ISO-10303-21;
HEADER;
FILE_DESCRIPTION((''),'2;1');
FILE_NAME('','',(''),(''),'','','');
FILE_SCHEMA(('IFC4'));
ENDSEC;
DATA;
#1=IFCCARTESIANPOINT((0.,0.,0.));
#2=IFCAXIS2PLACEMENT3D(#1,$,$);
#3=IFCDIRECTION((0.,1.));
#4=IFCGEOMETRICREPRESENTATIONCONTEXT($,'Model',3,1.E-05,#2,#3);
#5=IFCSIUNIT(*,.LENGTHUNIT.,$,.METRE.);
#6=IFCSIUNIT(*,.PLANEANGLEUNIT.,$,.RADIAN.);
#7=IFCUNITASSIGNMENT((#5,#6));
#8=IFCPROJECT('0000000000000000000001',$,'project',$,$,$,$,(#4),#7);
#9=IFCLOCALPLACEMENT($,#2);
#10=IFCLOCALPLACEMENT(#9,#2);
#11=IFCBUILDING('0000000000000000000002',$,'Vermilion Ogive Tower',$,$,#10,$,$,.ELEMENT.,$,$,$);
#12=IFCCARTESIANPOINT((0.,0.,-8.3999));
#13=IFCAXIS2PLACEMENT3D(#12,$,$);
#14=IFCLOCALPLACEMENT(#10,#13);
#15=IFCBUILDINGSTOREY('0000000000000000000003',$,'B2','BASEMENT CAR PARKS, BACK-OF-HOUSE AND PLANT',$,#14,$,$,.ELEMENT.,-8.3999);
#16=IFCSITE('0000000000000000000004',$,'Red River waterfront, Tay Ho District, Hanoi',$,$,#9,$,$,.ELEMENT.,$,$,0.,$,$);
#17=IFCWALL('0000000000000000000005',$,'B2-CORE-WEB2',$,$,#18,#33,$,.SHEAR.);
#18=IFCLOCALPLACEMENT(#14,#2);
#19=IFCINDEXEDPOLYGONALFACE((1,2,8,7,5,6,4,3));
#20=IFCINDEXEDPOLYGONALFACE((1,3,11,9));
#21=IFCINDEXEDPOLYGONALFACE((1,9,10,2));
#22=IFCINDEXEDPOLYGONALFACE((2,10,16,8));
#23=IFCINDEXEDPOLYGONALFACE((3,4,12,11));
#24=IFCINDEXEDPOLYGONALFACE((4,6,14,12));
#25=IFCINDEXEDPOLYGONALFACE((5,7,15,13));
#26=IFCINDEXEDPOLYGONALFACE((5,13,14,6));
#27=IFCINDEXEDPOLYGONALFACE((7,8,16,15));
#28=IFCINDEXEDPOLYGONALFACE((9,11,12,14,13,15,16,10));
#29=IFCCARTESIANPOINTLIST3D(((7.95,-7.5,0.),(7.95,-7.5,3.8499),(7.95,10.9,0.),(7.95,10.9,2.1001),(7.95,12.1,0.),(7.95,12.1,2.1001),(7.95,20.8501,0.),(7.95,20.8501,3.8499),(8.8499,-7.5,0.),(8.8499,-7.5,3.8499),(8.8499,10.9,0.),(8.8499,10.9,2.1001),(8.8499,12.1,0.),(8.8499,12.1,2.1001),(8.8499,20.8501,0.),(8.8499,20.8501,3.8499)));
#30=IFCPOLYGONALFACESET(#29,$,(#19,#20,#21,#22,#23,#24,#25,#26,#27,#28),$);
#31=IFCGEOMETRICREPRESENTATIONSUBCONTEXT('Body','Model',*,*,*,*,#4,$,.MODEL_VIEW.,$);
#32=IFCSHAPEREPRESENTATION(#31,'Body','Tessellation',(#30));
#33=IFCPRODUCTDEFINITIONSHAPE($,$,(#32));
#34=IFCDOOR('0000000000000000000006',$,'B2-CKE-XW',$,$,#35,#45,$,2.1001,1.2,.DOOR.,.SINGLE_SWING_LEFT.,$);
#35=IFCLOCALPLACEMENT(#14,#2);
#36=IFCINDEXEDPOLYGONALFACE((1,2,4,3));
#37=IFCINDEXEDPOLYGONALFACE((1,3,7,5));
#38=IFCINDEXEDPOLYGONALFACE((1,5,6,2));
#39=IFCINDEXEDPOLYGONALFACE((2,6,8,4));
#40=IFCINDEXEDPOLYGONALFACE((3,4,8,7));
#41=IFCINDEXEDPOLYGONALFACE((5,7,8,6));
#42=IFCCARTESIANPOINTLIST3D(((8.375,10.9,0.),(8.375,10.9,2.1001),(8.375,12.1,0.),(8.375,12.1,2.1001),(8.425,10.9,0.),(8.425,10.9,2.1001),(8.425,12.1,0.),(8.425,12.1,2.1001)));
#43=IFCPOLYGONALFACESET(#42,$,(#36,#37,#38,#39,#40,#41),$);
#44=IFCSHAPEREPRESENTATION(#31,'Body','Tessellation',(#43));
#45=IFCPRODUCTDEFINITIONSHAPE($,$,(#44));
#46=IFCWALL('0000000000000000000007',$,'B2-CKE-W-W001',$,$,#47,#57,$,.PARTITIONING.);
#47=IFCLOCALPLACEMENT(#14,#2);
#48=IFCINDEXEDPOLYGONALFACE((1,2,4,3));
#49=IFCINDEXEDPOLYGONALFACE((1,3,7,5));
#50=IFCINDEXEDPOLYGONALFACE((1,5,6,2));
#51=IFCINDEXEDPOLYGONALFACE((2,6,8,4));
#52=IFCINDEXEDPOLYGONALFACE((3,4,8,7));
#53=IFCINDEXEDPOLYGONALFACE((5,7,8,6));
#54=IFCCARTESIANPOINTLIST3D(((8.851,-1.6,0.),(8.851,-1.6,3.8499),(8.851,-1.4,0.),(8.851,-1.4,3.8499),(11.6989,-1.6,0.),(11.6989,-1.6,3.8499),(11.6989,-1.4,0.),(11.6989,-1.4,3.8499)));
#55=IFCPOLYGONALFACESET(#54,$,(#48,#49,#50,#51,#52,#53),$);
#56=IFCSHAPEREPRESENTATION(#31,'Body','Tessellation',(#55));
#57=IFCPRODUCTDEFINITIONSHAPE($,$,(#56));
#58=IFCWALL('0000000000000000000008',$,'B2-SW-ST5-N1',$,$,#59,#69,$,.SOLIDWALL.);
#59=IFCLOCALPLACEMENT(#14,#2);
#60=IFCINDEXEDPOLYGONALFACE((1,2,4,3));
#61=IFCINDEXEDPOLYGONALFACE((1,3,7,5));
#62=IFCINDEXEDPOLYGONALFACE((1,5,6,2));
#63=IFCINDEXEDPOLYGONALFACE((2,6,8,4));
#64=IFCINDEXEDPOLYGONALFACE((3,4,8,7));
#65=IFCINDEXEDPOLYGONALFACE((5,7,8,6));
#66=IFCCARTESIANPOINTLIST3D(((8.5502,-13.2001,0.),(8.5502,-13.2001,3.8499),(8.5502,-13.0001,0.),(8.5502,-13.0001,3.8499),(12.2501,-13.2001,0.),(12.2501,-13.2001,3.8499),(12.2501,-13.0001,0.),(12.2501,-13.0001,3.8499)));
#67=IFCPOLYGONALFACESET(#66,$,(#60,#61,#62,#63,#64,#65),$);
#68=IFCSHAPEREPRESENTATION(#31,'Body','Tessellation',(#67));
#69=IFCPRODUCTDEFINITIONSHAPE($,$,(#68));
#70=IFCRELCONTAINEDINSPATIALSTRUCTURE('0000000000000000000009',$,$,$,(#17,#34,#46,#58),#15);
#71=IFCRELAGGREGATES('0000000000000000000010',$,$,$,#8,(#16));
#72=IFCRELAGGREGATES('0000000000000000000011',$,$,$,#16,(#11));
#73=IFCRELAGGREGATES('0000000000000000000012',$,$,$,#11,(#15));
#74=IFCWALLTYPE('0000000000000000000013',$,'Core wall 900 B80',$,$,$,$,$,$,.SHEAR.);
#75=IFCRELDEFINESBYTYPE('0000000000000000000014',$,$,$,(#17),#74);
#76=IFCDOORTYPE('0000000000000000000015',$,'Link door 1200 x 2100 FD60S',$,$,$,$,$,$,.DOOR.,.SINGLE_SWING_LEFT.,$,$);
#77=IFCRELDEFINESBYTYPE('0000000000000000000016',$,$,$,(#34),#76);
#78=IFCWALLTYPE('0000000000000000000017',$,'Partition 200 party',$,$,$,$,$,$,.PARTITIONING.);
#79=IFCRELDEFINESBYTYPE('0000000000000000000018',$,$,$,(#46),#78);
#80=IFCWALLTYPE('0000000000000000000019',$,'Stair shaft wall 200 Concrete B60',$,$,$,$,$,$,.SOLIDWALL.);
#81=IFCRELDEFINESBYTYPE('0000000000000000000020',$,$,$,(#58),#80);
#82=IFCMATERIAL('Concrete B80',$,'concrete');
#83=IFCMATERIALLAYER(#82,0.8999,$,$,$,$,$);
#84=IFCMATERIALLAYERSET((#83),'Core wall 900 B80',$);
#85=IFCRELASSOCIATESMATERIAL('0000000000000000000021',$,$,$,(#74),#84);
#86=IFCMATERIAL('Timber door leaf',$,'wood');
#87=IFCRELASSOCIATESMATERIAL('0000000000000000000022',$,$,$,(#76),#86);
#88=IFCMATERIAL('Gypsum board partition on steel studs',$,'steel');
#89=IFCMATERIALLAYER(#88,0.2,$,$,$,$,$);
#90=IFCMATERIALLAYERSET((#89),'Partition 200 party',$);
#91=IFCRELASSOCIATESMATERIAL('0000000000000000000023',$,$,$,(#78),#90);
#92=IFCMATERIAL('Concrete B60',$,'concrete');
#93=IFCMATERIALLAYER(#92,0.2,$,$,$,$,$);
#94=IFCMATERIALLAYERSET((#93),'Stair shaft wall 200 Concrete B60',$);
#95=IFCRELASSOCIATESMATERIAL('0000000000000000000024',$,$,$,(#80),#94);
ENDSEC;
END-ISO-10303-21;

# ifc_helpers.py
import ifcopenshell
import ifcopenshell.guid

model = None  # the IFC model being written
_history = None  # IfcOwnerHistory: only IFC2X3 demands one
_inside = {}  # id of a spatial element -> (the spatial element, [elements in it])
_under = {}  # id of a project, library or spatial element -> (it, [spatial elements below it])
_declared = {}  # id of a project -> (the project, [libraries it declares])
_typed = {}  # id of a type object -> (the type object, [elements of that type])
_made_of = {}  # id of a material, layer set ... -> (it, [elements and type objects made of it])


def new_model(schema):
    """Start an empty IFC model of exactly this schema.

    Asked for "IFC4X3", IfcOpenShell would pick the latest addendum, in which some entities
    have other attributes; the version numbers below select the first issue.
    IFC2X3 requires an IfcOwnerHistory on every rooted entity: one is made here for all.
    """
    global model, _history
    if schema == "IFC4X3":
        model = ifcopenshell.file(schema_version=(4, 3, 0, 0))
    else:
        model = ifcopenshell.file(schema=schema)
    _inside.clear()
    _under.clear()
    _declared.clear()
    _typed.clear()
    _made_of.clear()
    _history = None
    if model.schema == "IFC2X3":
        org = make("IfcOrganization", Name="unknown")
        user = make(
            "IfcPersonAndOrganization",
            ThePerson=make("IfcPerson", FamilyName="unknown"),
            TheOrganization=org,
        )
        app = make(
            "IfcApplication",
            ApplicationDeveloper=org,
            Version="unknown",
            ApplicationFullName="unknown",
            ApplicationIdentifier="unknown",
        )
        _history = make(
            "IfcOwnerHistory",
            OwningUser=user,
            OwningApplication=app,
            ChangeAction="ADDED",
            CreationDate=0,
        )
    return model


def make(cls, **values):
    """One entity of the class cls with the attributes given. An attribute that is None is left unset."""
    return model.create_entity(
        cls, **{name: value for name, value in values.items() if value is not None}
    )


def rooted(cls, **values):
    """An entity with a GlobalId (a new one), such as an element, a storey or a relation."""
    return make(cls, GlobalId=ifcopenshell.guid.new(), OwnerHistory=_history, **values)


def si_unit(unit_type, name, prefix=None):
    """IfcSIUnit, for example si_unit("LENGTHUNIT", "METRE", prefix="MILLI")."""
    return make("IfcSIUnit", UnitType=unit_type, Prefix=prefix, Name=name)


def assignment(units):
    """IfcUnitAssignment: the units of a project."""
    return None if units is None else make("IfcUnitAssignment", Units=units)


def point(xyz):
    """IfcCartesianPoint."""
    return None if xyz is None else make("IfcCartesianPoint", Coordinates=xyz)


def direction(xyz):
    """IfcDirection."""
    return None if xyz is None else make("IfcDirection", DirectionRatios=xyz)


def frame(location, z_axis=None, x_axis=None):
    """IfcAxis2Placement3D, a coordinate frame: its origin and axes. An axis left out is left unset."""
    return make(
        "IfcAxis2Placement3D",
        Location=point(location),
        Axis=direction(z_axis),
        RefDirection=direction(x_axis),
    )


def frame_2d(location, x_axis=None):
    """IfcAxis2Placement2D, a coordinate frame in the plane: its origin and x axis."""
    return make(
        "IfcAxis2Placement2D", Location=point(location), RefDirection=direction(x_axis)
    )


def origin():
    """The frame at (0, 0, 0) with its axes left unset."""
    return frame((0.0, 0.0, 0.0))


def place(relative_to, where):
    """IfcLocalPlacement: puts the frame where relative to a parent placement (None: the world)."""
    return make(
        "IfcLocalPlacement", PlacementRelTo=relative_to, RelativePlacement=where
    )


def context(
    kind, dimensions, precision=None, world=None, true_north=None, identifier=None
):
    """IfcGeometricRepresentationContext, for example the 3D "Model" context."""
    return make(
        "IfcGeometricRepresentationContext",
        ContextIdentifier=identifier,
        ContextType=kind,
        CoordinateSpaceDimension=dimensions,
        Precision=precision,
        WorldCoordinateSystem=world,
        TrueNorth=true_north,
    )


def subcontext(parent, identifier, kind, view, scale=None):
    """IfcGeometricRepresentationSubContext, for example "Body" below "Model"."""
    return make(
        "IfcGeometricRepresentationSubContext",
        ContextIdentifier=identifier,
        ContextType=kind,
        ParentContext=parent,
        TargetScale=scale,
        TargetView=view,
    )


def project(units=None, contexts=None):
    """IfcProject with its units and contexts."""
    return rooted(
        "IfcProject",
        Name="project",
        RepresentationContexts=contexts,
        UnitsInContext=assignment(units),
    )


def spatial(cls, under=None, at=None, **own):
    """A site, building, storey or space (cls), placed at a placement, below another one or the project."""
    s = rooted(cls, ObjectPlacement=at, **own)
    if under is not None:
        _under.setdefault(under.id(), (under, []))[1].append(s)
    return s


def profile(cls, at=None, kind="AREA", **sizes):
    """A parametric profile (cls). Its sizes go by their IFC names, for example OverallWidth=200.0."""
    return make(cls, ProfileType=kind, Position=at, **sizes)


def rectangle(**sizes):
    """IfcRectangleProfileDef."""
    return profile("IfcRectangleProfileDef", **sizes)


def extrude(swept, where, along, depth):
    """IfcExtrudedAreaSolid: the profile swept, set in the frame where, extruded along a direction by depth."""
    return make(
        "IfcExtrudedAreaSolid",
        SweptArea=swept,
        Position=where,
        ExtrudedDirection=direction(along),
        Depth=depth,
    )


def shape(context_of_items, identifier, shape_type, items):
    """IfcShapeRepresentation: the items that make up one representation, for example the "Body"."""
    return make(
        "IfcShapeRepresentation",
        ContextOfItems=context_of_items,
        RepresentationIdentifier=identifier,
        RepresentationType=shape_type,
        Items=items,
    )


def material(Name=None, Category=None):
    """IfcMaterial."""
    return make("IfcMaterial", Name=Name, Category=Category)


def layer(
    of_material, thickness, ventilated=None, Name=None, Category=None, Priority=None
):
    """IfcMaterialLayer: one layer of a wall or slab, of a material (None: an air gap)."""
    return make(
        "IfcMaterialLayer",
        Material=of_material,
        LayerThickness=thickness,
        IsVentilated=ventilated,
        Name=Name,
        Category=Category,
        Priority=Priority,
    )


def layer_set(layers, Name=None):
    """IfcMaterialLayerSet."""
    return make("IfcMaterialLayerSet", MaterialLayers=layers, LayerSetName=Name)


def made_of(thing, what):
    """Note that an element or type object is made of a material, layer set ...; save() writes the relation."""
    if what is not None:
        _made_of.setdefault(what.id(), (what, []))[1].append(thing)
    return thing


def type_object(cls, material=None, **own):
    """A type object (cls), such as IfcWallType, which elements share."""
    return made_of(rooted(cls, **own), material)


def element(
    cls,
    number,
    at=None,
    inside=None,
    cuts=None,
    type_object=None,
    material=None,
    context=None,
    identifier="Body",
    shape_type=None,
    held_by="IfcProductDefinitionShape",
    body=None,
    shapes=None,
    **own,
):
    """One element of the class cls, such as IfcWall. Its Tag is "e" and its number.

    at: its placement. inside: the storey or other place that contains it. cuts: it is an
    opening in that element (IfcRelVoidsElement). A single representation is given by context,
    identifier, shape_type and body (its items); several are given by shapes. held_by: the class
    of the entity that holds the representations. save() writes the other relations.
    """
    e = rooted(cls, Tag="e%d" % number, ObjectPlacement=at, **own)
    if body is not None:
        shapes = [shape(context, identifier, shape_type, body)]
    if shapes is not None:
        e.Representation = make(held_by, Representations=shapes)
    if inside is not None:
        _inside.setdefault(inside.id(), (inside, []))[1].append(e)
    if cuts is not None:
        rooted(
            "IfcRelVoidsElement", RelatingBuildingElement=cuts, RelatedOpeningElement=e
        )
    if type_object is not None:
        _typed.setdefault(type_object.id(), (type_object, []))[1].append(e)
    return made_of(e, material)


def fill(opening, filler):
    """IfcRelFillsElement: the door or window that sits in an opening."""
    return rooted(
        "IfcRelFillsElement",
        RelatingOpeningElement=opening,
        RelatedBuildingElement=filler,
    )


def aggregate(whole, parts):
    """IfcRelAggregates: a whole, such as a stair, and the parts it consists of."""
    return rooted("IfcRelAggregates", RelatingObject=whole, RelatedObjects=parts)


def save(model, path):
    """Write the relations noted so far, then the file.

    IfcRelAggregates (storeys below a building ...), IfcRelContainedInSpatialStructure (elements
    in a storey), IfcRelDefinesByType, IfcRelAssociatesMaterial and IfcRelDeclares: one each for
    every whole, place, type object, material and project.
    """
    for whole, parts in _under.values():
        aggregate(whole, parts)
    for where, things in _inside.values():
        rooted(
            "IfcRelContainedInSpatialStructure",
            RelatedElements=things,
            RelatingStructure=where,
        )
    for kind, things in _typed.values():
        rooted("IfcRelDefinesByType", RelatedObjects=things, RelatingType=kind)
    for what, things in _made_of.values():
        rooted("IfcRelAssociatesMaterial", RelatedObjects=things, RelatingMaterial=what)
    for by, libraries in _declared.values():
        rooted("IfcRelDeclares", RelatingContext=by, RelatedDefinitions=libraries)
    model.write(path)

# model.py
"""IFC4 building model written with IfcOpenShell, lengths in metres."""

from ifc_helpers import new_model, si_unit, direction, frame, frame_2d, origin, place, context, subcontext, project, spatial, rectangle, extrude, material, layer, layer_set, type_object, element, fill, save


model = new_model("IFC4")

# Units and contexts
model_context = context("Model", 3, precision=1e-05, world=origin(), true_north=direction((0.0, 1.0)))
body_context = subcontext(model_context, "Body", "Model", "MODEL_VIEW")
ifc_project = project(units=[si_unit("LENGTHUNIT", "METRE"), si_unit("PLANEANGLEUNIT", "RADIAN")], contexts=[model_context])

# Site, building, storey
site_placement = place(None, origin())
site = spatial("IfcSite", under=ifc_project, at=site_placement, Name="Red River waterfront, Tay Ho District, Hanoi", CompositionType="ELEMENT", RefElevation=0.0)
building_placement = place(site_placement, origin())
building = spatial("IfcBuilding", under=site, at=building_placement, Name="Vermilion Ogive Tower", CompositionType="ELEMENT")
storey_placement = place(building_placement, frame((0.0, 0.0, -8.3999)))
storey = spatial("IfcBuildingStorey", under=building, at=storey_placement, Name="B2", Description="BASEMENT CAR PARKS, BACK-OF-HOUSE AND PLANT", CompositionType="ELEMENT", Elevation=-8.3999)

# Shared definitions
ifc_material_1 = material(Name="Concrete B80", Category="concrete")
ifc_layer_1 = layer(ifc_material_1, 0.8999)
ifc_layer_set_1 = layer_set([ifc_layer_1], Name="Core wall 900 B80")
wall_type_1 = type_object("IfcWallType", Name="Core wall 900 B80", PredefinedType="SHEAR", material=ifc_layer_set_1)
ifc_material_2 = material(Name="Timber door leaf", Category="wood")
door_type_1 = type_object("IfcDoorType", Name="Link door 1200 x 2100 FD60S", OperationType="SINGLE_SWING_LEFT", PredefinedType="DOOR", material=ifc_material_2)

# Wall, opening, door
wall_1_placement = place(storey_placement, frame((8.3999, -7.5, 0.0), z_axis=(0.0, 0.0, 1.0), x_axis=(0.0, 1.0, 0.0)))
wall_1 = element("IfcWall", 1, at=wall_1_placement, inside=storey, type_object=wall_type_1, Name="B2-CORE-WEB2", PredefinedType="SHEAR", context=body_context, shape_type="SweptSolid", body=[
    extrude(rectangle(XDim=28.3501, YDim=0.8999, at=frame_2d((14.175, 0.0))), origin(), (0.0, 0.0, 1.0), 3.8499),
])
opening_1_placement = place(wall_1_placement, frame((18.3999, 0.0, 0.0)))
opening_1 = element("IfcOpeningElement", 2, at=opening_1_placement, cuts=wall_1, PredefinedType="OPENING", context=body_context, shape_type="SweptSolid", body=[
    extrude(rectangle(XDim=1.2, YDim=2.1001, at=frame_2d((0.6001, 1.05))), frame((0.0, 0.46, 0.0), z_axis=(0.0, -1.0, 0.0), x_axis=(1.0, 0.0, 0.0)), (0.0, 0.0, 1.0), 0.9199),
])
door_1_placement = place(opening_1_placement, origin())
door_1 = element("IfcDoor", 3, at=door_1_placement, inside=storey, type_object=door_type_1, Name="B2-CKE-XW", OperationType="SINGLE_SWING_LEFT", OverallHeight=2.1001, OverallWidth=1.2, PredefinedType="DOOR", context=body_context, shape_type="SweptSolid", body=[
    extrude(rectangle(XDim=1.2, YDim=2.1001, at=frame_2d((0.6001, 1.05))), frame((0.0, 0.0249, 0.0), z_axis=(0.0, -1.0, 0.0), x_axis=(1.0, 0.0, 0.0)), (0.0, 0.0, 1.0), 0.05),
])
fill(opening_1, door_1)

# Walls
ifc_material_3 = material(Name="Gypsum board partition on steel studs", Category="steel")
ifc_layer_2 = layer(ifc_material_3, 0.2)
ifc_layer_set_2 = layer_set([ifc_layer_2], Name="Partition 200 party")
wall_type_2 = type_object("IfcWallType", Name="Partition 200 party", PredefinedType="PARTITIONING", material=ifc_layer_set_2)
wall_2_placement = place(storey_placement, frame((8.8511, -1.5, 0.0), z_axis=(0.0, 0.0, 1.0), x_axis=(1.0, 0.0, 0.0)))
element("IfcWall", 4, at=wall_2_placement, inside=storey, type_object=wall_type_2, Name="B2-CKE-W-W001", PredefinedType="PARTITIONING", context=body_context, shape_type="SweptSolid", body=[
    extrude(rectangle(XDim=2.8479, YDim=0.2, at=frame_2d((1.4238, 0.0))), origin(), (0.0, 0.0, 1.0), 3.8499),
])
ifc_material_4 = material(Name="Concrete B60", Category="concrete")
ifc_layer_3 = layer(ifc_material_4, 0.2)
ifc_layer_set_3 = layer_set([ifc_layer_3], Name="Stair shaft wall 200 Concrete B60")
wall_type_3 = type_object("IfcWallType", Name="Stair shaft wall 200 Concrete B60", PredefinedType="SOLIDWALL", material=ifc_layer_set_3)
wall_3_placement = place(storey_placement, frame((8.55, -13.1001, 0.0), z_axis=(0.0, 0.0, 1.0), x_axis=(1.0, 0.0, 0.0)))
element("IfcWall", 5, at=wall_3_placement, inside=storey, type_object=wall_type_3, Name="B2-SW-ST5-N1", PredefinedType="SOLIDWALL", context=body_context, shape_type="SweptSolid", body=[
    extrude(rectangle(XDim=3.7, YDim=0.2, at=frame_2d((1.8501, 0.0))), origin(), (0.0, 0.0, 1.0), 3.8499),
])

save(model, "model.ifc")
